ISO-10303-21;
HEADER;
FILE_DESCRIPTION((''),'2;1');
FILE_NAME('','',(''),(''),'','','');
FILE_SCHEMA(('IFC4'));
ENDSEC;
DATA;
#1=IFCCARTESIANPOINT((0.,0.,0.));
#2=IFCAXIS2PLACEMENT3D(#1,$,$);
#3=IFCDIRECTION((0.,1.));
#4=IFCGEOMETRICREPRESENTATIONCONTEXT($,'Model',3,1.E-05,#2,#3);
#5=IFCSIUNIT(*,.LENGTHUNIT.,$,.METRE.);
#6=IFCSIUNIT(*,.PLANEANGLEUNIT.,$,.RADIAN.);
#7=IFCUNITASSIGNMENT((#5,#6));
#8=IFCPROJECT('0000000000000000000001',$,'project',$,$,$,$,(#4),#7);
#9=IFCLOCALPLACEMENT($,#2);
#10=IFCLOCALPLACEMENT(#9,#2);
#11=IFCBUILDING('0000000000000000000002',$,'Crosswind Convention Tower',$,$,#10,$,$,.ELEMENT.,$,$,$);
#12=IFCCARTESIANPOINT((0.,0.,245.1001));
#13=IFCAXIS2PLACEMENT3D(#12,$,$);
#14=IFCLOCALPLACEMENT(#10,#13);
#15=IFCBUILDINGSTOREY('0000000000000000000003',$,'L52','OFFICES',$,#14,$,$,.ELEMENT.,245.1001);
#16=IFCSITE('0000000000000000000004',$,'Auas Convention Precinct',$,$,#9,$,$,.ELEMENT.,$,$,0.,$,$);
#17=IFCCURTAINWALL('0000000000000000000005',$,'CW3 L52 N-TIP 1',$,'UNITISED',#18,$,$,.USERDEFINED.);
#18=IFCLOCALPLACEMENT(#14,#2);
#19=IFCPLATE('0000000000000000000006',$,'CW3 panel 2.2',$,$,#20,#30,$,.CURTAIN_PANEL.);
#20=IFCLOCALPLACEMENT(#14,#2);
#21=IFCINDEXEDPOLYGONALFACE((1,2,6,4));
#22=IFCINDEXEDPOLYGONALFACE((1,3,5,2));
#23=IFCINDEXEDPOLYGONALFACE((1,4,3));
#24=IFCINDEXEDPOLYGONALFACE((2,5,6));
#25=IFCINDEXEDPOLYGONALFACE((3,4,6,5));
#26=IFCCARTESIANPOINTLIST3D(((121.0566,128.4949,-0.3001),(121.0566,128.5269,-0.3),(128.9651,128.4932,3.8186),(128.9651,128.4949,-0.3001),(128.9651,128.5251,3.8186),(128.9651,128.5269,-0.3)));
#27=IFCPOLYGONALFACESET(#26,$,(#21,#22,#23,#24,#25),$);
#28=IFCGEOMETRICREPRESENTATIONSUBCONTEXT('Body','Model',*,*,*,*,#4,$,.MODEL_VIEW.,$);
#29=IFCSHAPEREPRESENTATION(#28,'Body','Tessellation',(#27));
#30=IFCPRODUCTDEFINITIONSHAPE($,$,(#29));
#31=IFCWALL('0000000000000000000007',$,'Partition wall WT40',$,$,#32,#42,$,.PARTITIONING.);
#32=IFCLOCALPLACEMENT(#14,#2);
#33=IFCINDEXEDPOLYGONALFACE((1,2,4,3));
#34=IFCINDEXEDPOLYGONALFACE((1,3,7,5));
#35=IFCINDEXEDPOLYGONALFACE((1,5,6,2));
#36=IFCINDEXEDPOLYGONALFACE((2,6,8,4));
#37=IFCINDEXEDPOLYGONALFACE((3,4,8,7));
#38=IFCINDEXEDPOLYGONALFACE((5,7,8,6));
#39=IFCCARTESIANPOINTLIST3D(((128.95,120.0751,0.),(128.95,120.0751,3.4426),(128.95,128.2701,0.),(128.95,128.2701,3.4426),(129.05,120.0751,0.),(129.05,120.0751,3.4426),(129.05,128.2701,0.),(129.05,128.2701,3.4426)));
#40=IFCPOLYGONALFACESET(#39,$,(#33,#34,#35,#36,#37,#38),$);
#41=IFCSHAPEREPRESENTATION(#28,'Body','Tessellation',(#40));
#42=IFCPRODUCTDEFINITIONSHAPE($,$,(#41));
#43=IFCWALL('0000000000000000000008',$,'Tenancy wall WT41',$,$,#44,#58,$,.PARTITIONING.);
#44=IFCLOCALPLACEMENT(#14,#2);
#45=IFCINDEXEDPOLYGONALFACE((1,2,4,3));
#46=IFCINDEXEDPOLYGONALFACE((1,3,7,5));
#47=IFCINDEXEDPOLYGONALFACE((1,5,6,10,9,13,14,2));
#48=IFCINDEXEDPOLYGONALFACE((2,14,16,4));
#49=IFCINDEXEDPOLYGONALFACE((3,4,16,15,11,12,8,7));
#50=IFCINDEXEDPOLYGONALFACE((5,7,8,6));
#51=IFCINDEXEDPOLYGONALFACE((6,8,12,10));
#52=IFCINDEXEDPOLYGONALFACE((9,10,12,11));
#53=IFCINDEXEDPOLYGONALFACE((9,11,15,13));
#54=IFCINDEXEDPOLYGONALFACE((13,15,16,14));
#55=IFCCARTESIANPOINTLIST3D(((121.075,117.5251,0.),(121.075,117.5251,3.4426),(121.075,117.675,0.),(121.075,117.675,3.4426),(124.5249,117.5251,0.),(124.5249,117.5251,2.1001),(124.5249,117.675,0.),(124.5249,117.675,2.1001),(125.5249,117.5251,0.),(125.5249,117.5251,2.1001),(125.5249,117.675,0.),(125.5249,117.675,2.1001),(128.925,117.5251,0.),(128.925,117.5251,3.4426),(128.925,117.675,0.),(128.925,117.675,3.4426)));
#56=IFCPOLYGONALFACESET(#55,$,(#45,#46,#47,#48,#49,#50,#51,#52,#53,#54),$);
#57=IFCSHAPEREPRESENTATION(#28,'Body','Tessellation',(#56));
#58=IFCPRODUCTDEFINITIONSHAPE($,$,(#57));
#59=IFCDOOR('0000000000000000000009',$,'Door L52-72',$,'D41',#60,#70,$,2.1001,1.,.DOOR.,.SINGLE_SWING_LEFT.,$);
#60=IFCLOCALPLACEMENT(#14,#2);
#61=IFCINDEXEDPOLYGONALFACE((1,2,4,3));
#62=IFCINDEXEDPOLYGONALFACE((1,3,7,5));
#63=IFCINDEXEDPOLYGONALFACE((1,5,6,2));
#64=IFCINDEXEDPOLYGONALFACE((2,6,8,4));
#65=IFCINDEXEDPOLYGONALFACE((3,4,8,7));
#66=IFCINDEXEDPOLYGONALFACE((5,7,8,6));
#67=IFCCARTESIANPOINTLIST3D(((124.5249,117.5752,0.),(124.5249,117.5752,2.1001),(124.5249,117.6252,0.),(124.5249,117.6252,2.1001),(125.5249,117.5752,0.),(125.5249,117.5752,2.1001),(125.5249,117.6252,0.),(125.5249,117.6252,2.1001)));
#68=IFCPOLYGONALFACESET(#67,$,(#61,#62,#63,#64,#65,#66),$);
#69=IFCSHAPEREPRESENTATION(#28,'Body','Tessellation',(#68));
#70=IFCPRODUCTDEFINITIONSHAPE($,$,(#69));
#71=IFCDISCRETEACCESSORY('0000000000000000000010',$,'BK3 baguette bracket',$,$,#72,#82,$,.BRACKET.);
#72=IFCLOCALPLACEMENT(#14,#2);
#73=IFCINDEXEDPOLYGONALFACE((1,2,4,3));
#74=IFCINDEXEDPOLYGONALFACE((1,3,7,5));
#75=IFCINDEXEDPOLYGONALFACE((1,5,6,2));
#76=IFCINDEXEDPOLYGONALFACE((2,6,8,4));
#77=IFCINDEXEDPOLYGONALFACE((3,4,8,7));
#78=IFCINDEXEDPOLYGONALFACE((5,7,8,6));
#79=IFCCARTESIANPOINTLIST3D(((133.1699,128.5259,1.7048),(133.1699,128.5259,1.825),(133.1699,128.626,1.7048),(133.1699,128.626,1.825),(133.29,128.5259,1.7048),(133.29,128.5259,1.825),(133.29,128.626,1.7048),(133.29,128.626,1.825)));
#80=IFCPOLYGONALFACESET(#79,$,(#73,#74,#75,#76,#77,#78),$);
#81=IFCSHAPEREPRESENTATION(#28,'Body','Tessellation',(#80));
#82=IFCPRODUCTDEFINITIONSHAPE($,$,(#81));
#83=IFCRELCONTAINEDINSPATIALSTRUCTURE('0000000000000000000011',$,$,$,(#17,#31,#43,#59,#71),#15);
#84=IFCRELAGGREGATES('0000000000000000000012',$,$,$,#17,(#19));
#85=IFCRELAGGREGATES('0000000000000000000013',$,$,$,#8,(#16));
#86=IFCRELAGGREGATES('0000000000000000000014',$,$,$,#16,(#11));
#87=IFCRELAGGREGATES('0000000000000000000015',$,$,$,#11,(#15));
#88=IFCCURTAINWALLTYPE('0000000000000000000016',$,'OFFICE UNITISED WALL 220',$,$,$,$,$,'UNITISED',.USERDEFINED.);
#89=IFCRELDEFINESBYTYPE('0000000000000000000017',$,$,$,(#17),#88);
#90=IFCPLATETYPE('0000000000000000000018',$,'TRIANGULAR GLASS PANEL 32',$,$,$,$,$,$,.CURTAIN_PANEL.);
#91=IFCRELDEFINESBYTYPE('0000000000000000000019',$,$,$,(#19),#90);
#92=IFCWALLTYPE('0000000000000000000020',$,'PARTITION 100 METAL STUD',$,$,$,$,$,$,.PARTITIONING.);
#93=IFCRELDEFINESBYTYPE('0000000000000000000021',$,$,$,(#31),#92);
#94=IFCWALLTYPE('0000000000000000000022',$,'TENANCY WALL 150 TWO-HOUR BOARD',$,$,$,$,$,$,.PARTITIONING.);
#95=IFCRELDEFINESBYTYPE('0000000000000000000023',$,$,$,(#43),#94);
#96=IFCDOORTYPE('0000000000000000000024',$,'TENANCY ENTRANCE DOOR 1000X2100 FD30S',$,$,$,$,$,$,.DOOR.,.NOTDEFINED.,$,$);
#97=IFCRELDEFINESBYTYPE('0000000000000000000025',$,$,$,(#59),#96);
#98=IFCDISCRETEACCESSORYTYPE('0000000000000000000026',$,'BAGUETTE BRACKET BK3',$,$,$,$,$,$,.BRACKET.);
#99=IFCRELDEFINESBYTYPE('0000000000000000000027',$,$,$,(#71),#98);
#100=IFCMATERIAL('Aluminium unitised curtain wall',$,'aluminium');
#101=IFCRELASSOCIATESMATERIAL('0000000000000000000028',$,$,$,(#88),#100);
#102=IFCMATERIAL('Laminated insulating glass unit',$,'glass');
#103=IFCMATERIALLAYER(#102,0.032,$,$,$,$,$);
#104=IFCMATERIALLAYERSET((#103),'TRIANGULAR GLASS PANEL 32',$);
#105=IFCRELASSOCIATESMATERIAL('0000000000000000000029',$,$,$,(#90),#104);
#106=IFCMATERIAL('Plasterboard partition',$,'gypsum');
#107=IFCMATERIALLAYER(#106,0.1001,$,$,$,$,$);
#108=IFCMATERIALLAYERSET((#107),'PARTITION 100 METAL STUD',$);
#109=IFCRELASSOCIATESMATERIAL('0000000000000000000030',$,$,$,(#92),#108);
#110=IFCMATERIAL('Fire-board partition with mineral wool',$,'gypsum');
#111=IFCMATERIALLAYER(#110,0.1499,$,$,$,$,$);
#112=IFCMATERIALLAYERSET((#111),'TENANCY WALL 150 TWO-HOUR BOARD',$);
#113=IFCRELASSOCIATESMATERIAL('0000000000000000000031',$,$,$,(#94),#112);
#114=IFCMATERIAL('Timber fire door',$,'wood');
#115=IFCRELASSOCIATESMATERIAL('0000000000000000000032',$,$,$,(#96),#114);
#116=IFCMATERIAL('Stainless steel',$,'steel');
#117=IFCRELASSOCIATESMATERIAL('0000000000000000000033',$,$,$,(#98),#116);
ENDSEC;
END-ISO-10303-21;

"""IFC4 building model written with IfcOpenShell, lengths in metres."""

from ifc_helpers import new_model, si_unit, direction, frame, frame_2d, origin, origin_2d, place, context, subcontext, project, spatial, polyline, rectangle, outline, extrude, material, layer, layer_set, type_object, element, fill, aggregate, save


model = new_model("IFC4")

# Units and contexts
model_context = context("Model", 3, precision=1e-05, world=origin(), true_north=direction((0.0, 1.0)))
body_context = subcontext(model_context, "Body", "Model", "MODEL_VIEW")
ifc_project = project(units=[si_unit("LENGTHUNIT", "METRE"), si_unit("PLANEANGLEUNIT", "RADIAN")], contexts=[model_context])

# Site, building, storey
site_placement = place(None, origin())
site = spatial("IfcSite", under=ifc_project, at=site_placement, Name="Auas Convention Precinct", CompositionType="ELEMENT", RefElevation=0.0)
building_placement = place(site_placement, origin())
building = spatial("IfcBuilding", under=site, at=building_placement, Name="Crosswind Convention Tower", CompositionType="ELEMENT")
storey_placement = place(building_placement, frame((0.0, 0.0, 245.1001)))
storey = spatial("IfcBuildingStorey", under=building, at=storey_placement, Name="L52", Description="OFFICES", CompositionType="ELEMENT", Elevation=245.1001)

# Curtain wall
ifc_material_1 = material(Name="Aluminium unitised curtain wall", Category="aluminium")
curtain_wall_type = type_object("IfcCurtainWallType", Name="OFFICE UNITISED WALL 220", ElementType="UNITISED", PredefinedType="USERDEFINED", material=ifc_material_1)
curtain_wall_placement = place(storey_placement, origin())
curtain_wall = element("IfcCurtainWall", 1, at=curtain_wall_placement, inside=storey, type_object=curtain_wall_type, Name="CW3 L52 N-TIP 1", ObjectType="UNITISED", PredefinedType="USERDEFINED")

# Plate
ifc_material_2 = material(Name="Laminated insulating glass unit", Category="glass")
ifc_layer_1 = layer(ifc_material_2, 0.032)
ifc_layer_set_1 = layer_set([ifc_layer_1], Name="TRIANGULAR GLASS PANEL 32")
plate_type = type_object("IfcPlateType", Name="TRIANGULAR GLASS PANEL 32", PredefinedType="CURTAIN_PANEL", material=ifc_layer_set_1)
plate_1_placement = place(storey_placement, frame((128.9651, 128.5269, -0.3), z_axis=(0.0, 1.0, 0.000415), x_axis=(-1.0, 0.0, 0.0)))
plate_1 = element("IfcPlate", 2, at=plate_1_placement, type_object=plate_type, Name="CW3 panel 2.2", PredefinedType="CURTAIN_PANEL", context=body_context, shape_type="SweptSolid", body=[
    extrude(outline(polyline([(0.0, 0.0), (7.9084, 0.0), (0.0, 4.1187), (0.0, 0.0)])), origin(), (0.0, 0.0, -1.0), 0.032),
])
aggregate(curtain_wall, [plate_1])

# Wall
ifc_material_3 = material(Name="Plasterboard partition", Category="gypsum")
ifc_layer_2 = layer(ifc_material_3, 0.1001)
ifc_layer_set_2 = layer_set([ifc_layer_2], Name="PARTITION 100 METAL STUD")
wall_type_1 = type_object("IfcWallType", Name="PARTITION 100 METAL STUD", PredefinedType="PARTITIONING", material=ifc_layer_set_2)
wall_1_placement = place(storey_placement, frame((129.0, 120.075, 0.0), z_axis=(0.0, 0.0, 1.0), x_axis=(0.0, 1.0, 0.0)))
element("IfcWall", 3, at=wall_1_placement, inside=storey, type_object=wall_type_1, Name="Partition wall WT40", PredefinedType="PARTITIONING", context=body_context, shape_type="SweptSolid", body=[
    extrude(rectangle(XDim=8.1951, YDim=0.1001, at=frame_2d((4.0977, 0.0))), origin(), (0.0, 0.0, 1.0), 3.4426),
])

# Wall, opening, door
ifc_material_4 = material(Name="Fire-board partition with mineral wool", Category="gypsum")
ifc_layer_3 = layer(ifc_material_4, 0.1499)
ifc_layer_set_3 = layer_set([ifc_layer_3], Name="TENANCY WALL 150 TWO-HOUR BOARD")
wall_type_2 = type_object("IfcWallType", Name="TENANCY WALL 150 TWO-HOUR BOARD", PredefinedType="PARTITIONING", material=ifc_layer_set_3)
wall_2_placement = place(storey_placement, frame((121.075, 117.6001, 0.0), z_axis=(0.0, 0.0, 1.0), x_axis=(1.0, 0.0, 0.0)))
wall_2 = element("IfcWall", 4, at=wall_2_placement, inside=storey, type_object=wall_type_2, Name="Tenancy wall WT41", PredefinedType="PARTITIONING", context=body_context, shape_type="SweptSolid", body=[
    extrude(rectangle(XDim=7.8501, YDim=0.1499, at=frame_2d((3.925, 0.0))), origin(), (0.0, 0.0, 1.0), 3.4426),
])
opening_placement = place(wall_2_placement, frame((3.45, 0.0, 0.0)))
opening = element("IfcOpeningElement", 5, at=opening_placement, cuts=wall_2, PredefinedType="OPENING", context=body_context, shape_type="SweptSolid", body=[
    extrude(rectangle(XDim=1.0, YDim=2.1001, at=frame_2d((0.5, 1.05))), frame((0.0, 0.085, 0.0), z_axis=(0.0, -1.0, 0.0), x_axis=(1.0, 0.0, 0.0)), (0.0, 0.0, 1.0), 0.1699),
])
ifc_material_5 = material(Name="Timber fire door", Category="wood")
door_type = type_object("IfcDoorType", Name="TENANCY ENTRANCE DOOR 1000X2100 FD30S", OperationType="NOTDEFINED", PredefinedType="DOOR", material=ifc_material_5)
door_placement = place(opening_placement, frame((1.0, 0.0, 0.0), z_axis=(0.0, 0.0, 1.0), x_axis=(-1.0, 0.0, 0.0)))
door = element("IfcDoor", 6, at=door_placement, inside=storey, type_object=door_type, Name="Door L52-72", ObjectType="D41", OperationType="SINGLE_SWING_LEFT", OverallHeight=2.1001, OverallWidth=1.0, PredefinedType="DOOR", context=body_context, shape_type="SweptSolid", body=[
    extrude(rectangle(XDim=1.0, YDim=2.1001, at=frame_2d((0.5, 1.05))), frame((0.0, 0.0249, 0.0), z_axis=(0.0, -1.0, 0.0), x_axis=(1.0, 0.0, 0.0)), (0.0, 0.0, 1.0), 0.05),
])
fill(opening, door)

# Discrete accessory
ifc_material_6 = material(Name="Stainless steel", Category="steel")
discrete_accessory_type = type_object("IfcDiscreteAccessoryType", Name="BAGUETTE BRACKET BK3", PredefinedType="BRACKET", material=ifc_material_6)
discrete_accessory_placement = place(storey_placement, frame((133.23, 128.5759, 1.7048), z_axis=(0.0, 0.0, 1.0), x_axis=(-1.0, 0.0, 0.0)))
element("IfcDiscreteAccessory", 7, at=discrete_accessory_placement, inside=storey, type_object=discrete_accessory_type, Name="BK3 baguette bracket", PredefinedType="BRACKET", context=body_context, shape_type="SweptSolid", body=[
    extrude(rectangle(XDim=0.1201, YDim=0.1001, at=origin_2d()), origin(), (0.0, 0.0, 1.0), 0.1201),
])

save(model, "model.ifc")
